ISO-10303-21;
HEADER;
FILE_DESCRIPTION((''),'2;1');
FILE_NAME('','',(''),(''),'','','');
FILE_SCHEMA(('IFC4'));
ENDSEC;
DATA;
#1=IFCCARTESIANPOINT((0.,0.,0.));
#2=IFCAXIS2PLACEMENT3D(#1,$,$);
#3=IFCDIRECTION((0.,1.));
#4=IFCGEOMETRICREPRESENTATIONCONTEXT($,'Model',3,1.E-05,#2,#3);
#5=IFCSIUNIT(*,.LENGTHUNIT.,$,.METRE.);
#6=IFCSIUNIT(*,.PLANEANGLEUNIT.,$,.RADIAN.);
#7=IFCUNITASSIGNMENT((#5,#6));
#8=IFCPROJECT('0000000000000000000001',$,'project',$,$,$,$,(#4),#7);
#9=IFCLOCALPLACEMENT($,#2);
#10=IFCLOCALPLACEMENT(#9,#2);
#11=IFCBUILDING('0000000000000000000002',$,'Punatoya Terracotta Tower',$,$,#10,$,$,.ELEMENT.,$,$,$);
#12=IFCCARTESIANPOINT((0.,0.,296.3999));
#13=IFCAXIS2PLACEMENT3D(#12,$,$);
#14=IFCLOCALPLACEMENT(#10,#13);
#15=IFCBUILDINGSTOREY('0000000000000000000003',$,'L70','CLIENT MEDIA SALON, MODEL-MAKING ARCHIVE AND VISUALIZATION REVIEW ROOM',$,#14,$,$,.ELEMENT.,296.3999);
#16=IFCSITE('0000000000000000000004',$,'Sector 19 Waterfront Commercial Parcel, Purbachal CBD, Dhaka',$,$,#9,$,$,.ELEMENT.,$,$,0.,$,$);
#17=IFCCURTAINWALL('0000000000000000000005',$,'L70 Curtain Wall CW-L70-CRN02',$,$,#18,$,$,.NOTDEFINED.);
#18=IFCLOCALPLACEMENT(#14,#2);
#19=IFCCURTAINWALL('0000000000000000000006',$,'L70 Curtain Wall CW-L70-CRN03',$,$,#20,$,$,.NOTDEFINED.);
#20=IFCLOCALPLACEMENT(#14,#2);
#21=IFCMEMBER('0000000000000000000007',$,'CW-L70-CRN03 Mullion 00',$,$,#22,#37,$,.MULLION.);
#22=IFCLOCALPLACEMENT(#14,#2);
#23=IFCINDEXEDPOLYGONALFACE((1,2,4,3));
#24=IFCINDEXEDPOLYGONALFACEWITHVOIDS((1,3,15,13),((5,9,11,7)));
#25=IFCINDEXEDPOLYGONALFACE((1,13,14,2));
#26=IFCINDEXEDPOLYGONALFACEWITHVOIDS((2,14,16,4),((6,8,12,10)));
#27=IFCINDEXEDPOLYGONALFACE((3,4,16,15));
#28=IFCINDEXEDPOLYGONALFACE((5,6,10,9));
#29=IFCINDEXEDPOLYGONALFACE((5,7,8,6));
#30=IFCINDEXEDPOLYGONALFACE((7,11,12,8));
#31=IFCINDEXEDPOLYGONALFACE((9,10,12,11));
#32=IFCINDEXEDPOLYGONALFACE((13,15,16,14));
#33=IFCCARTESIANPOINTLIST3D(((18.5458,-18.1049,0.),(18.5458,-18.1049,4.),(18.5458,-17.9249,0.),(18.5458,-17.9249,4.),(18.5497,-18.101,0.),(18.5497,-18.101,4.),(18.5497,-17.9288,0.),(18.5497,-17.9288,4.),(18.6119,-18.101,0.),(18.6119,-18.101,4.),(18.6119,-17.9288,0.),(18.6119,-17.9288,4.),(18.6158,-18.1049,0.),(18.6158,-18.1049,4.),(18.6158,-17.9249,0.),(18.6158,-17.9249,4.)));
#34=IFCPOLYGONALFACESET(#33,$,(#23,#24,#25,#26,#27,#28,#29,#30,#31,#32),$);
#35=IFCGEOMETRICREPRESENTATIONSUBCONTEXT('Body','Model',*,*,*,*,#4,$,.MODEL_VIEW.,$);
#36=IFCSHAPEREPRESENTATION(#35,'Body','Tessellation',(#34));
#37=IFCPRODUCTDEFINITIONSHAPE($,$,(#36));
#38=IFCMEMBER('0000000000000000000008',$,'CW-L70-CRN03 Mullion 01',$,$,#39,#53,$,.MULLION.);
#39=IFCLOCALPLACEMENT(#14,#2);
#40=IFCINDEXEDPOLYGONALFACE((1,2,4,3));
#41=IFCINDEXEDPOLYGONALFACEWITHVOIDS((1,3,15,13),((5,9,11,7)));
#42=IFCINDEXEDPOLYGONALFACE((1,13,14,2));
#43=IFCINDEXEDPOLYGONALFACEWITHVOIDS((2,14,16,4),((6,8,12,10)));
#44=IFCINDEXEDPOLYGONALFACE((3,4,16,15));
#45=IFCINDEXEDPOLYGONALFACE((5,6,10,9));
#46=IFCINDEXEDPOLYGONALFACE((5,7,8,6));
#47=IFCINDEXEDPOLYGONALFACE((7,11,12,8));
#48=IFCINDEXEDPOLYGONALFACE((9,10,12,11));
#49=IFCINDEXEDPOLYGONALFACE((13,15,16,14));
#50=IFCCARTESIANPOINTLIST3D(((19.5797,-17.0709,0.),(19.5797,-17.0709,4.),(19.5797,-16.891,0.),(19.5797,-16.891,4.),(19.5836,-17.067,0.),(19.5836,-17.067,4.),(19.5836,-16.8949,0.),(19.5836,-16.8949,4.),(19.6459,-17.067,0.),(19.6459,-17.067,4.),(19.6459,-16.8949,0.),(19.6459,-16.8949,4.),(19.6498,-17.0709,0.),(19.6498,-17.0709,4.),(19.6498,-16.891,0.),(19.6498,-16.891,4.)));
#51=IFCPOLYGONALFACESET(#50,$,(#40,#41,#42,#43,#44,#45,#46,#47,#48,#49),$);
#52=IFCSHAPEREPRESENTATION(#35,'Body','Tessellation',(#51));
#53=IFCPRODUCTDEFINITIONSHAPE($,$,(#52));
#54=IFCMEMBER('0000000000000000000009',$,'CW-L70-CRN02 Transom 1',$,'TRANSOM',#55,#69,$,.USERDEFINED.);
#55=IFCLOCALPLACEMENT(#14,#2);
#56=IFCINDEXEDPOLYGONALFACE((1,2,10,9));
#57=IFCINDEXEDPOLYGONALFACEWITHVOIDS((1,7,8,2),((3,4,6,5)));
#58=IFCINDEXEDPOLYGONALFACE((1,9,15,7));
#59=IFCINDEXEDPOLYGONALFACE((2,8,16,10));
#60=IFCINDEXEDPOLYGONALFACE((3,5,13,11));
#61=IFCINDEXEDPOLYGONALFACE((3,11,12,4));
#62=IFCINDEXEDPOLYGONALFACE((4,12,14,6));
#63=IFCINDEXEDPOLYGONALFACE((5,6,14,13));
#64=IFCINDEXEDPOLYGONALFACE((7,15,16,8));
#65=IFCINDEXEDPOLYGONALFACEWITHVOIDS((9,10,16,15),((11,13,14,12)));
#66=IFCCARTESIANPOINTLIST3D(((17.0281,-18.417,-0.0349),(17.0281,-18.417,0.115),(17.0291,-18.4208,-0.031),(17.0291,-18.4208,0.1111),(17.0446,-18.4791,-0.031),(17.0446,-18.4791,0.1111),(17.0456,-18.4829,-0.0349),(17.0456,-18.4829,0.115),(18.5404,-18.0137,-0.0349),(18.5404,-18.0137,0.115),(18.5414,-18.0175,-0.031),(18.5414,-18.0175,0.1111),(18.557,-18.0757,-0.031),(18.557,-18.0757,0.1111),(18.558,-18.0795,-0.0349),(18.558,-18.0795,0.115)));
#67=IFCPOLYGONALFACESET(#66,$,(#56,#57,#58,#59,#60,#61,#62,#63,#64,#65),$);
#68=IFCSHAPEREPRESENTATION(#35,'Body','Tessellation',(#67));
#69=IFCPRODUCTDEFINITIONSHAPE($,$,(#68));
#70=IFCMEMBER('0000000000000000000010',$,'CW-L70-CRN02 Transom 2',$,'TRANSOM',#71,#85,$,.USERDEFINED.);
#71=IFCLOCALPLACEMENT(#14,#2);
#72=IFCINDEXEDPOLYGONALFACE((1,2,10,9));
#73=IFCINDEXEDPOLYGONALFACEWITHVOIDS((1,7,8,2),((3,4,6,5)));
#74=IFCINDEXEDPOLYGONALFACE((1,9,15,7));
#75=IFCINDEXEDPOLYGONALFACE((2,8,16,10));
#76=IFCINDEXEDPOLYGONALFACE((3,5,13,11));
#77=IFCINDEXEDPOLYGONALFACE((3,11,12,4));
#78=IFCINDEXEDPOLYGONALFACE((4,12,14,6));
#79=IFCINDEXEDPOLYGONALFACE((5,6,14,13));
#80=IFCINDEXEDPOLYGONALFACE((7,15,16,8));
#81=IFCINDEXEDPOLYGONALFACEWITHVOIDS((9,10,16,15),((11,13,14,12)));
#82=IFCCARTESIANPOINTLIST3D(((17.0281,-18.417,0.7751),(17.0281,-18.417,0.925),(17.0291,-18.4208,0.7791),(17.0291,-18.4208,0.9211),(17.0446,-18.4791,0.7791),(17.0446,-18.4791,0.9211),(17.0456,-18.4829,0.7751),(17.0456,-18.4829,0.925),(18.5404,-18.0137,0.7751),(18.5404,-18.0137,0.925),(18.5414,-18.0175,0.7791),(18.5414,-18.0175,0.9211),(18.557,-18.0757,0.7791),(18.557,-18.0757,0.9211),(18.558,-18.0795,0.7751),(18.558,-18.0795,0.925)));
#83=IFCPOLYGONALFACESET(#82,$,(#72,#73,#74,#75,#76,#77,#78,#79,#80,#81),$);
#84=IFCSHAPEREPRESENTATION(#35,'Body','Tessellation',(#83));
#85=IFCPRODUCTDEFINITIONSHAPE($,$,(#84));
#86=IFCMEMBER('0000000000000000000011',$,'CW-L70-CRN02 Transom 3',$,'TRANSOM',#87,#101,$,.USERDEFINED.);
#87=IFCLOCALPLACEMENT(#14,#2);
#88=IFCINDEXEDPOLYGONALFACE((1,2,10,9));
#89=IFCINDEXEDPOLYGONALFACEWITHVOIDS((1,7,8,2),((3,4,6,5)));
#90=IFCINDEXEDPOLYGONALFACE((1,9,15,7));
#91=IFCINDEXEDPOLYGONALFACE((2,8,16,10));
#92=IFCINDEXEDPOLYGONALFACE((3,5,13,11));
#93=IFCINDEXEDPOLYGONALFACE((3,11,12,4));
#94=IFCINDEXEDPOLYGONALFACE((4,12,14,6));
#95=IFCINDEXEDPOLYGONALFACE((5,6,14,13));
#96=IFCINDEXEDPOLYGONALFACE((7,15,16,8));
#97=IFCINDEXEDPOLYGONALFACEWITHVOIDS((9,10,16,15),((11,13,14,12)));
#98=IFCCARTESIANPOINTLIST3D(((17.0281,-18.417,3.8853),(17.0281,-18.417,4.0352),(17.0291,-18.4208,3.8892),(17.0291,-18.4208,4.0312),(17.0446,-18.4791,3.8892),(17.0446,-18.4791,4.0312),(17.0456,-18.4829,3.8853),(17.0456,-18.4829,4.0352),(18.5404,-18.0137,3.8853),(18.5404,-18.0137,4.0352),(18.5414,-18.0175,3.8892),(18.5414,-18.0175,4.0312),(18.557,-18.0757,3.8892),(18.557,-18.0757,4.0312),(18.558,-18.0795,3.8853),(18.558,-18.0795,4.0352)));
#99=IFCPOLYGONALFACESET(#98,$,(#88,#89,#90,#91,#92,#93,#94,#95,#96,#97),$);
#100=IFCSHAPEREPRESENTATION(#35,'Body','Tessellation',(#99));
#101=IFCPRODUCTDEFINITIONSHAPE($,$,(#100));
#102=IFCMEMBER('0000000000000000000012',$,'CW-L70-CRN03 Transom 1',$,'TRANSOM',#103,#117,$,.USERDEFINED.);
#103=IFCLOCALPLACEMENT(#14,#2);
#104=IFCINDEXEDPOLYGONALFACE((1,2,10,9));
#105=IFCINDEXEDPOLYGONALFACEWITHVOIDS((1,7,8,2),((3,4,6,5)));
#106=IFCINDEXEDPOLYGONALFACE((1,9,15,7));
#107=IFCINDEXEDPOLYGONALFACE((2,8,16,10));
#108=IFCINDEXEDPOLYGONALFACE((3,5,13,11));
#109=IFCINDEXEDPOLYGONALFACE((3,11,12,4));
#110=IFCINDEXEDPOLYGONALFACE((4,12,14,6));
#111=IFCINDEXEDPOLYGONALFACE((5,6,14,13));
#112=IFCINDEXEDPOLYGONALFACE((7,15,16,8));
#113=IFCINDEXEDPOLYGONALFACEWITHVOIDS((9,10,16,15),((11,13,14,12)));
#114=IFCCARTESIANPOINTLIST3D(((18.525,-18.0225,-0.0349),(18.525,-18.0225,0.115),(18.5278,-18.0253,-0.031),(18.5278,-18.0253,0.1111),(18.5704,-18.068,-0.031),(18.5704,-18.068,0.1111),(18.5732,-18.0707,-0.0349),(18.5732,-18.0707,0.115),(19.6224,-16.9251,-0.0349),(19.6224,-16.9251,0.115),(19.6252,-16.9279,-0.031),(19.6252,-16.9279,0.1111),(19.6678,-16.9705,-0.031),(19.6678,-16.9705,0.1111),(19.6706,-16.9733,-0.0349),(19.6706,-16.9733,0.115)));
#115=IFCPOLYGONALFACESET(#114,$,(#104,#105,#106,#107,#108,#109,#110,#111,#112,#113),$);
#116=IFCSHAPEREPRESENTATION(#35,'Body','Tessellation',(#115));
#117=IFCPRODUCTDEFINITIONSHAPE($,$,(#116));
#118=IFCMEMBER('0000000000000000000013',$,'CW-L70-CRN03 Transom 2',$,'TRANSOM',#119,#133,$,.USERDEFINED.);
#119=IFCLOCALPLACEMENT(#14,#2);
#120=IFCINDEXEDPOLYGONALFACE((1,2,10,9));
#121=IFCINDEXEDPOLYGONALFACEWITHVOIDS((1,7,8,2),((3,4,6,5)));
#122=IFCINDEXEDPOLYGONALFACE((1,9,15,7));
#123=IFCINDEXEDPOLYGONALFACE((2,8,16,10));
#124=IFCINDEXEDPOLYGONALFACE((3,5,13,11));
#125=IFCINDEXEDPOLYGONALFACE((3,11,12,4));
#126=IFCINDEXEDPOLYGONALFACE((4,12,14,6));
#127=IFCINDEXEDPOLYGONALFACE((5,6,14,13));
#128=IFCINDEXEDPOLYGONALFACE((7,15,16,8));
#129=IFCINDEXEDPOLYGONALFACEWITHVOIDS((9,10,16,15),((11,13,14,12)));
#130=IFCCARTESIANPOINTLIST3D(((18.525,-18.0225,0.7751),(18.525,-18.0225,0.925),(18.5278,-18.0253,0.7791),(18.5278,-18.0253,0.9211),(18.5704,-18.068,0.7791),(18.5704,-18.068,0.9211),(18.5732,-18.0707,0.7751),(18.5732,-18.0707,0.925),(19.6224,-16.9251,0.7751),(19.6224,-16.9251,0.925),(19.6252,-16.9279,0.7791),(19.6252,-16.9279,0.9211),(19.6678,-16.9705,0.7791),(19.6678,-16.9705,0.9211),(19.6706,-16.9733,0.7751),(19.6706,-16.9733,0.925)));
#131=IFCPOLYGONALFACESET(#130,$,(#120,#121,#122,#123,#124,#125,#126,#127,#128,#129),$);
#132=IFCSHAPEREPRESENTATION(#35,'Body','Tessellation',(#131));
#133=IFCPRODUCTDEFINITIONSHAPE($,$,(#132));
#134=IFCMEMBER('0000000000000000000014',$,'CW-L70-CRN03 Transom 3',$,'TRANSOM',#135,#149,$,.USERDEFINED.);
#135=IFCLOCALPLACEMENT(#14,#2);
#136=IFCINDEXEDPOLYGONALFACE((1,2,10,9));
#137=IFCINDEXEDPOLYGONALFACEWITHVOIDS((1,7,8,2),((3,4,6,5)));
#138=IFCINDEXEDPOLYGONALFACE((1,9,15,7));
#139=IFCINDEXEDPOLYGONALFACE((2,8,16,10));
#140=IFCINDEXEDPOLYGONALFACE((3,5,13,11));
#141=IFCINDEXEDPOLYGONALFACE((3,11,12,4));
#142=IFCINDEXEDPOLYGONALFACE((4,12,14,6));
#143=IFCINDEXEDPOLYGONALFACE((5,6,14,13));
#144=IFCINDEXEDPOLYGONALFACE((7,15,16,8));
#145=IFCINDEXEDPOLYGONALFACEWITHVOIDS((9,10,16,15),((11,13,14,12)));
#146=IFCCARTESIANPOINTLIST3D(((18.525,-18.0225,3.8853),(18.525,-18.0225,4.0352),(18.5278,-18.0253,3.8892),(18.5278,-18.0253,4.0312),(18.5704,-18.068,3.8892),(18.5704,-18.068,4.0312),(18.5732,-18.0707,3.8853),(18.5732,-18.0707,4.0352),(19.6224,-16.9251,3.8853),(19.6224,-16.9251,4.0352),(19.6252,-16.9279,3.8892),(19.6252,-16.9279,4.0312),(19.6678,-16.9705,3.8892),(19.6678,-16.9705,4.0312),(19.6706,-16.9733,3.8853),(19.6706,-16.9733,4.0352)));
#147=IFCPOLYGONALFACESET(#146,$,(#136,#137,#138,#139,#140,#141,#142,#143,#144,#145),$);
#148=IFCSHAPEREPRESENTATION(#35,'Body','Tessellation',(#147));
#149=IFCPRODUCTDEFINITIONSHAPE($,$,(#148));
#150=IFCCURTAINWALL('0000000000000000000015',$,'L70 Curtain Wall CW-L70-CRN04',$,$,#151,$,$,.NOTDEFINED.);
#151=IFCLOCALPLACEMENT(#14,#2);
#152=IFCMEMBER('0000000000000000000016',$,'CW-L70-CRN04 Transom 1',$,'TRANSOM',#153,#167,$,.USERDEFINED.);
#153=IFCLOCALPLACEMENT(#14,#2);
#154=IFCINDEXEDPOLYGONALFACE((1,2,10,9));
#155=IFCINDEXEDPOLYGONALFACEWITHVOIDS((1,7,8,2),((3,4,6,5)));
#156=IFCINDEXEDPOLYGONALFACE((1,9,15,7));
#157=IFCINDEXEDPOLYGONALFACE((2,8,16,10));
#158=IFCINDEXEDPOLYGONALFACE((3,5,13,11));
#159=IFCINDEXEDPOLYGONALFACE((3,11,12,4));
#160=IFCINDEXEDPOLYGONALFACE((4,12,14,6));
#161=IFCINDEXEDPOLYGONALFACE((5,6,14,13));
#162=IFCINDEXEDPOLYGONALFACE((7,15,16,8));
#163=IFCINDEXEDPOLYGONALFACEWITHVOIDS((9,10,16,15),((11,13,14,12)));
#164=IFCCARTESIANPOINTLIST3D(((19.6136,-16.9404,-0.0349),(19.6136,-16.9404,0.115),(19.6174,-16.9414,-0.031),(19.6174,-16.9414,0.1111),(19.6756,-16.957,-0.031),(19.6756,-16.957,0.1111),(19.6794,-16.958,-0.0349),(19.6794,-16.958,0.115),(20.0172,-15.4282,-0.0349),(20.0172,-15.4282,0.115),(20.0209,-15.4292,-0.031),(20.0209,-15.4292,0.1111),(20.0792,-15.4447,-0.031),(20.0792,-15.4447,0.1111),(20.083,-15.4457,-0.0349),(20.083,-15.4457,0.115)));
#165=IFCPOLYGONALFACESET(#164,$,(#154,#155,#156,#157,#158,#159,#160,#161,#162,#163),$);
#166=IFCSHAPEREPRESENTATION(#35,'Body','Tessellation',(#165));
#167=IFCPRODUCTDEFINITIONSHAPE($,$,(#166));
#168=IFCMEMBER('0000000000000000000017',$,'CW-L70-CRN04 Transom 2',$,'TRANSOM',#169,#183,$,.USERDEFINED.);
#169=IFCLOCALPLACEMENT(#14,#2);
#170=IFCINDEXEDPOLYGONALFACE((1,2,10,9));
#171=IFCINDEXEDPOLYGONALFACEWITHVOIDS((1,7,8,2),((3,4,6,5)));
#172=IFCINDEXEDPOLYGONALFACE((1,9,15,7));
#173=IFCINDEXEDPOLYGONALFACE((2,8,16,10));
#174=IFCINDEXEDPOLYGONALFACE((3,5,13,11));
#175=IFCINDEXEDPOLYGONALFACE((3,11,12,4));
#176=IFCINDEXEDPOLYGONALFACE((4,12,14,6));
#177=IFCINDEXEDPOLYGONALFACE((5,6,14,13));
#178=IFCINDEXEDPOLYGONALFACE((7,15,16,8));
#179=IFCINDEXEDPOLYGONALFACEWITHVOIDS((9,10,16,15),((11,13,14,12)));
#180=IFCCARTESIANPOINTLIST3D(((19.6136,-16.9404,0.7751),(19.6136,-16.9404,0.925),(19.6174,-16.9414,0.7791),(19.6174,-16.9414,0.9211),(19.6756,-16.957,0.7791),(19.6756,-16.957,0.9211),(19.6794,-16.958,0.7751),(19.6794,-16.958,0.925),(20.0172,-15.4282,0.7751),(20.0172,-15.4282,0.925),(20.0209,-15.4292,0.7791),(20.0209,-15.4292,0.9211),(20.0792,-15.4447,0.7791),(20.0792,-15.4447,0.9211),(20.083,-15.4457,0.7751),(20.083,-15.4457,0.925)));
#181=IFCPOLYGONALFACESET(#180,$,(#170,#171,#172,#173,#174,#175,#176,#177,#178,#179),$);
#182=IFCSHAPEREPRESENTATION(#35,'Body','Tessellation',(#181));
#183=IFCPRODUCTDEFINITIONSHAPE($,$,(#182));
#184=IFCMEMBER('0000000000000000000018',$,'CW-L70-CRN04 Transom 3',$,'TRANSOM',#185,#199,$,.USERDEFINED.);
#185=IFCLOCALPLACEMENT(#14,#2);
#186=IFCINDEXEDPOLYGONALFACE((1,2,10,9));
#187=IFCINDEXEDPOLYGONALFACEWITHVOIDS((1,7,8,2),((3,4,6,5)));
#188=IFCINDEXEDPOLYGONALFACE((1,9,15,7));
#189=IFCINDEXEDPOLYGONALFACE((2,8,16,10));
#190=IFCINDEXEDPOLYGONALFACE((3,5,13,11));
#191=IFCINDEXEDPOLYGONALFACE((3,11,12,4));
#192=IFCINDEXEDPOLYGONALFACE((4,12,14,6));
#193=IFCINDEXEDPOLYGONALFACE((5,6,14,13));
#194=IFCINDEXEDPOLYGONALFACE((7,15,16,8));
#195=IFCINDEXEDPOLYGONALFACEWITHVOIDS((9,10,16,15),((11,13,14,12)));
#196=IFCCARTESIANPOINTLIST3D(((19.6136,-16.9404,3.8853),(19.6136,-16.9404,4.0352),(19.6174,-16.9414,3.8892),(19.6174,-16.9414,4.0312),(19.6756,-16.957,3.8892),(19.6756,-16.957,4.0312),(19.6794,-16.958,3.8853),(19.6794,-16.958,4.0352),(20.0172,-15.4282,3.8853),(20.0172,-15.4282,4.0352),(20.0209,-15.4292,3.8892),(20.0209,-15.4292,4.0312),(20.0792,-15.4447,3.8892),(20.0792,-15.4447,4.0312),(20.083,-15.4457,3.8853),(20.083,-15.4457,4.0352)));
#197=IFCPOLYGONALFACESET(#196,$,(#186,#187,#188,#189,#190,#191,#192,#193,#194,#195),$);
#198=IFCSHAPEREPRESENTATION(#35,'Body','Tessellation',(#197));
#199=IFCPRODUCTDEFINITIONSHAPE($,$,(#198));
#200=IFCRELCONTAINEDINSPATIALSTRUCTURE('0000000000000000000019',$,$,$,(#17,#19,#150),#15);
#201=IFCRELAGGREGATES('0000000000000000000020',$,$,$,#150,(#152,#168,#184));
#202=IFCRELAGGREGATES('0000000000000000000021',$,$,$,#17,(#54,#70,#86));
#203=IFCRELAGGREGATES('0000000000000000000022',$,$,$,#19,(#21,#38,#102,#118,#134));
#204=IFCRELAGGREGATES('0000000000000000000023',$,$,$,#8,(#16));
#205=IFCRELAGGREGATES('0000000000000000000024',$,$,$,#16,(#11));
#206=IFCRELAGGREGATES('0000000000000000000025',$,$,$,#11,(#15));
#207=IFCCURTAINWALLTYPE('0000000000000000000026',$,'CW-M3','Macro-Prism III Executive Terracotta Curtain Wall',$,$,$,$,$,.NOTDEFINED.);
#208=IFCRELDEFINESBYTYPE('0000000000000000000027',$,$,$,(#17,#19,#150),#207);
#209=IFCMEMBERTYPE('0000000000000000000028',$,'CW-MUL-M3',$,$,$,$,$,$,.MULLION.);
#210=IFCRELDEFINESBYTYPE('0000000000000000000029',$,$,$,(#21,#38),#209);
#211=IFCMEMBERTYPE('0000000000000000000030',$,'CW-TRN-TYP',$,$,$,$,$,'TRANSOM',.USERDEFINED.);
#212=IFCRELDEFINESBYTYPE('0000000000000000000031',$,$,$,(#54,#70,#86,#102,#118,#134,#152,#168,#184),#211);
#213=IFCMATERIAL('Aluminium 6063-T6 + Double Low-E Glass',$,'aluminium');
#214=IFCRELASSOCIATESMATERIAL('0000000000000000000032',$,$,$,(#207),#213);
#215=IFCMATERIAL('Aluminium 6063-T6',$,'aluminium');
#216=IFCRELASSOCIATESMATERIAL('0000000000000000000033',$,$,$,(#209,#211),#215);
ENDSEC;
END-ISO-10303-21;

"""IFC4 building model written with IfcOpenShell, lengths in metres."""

from ifc_helpers import new_model, si_unit, direction, frame, origin, origin_2d, place, context, subcontext, project, spatial, hollow_rectangle, extrude, material, material_profile, profile_set, type_object, element, aggregate, save


model = new_model("IFC4")

# Units and contexts
model_context = context("Model", 3, precision=1e-05, world=origin(), true_north=direction((0.0, 1.0)))
body_context = subcontext(model_context, "Body", "Model", "MODEL_VIEW")
ifc_project = project(units=[si_unit("LENGTHUNIT", "METRE"), si_unit("PLANEANGLEUNIT", "RADIAN")], contexts=[model_context])

# Site, building, storey
site_placement = place(None, origin())
site = spatial("IfcSite", under=ifc_project, at=site_placement, Name="Sector 19 Waterfront Commercial Parcel, Purbachal CBD, Dhaka", CompositionType="ELEMENT", RefElevation=0.0)
building_placement = place(site_placement, origin())
building = spatial("IfcBuilding", under=site, at=building_placement, Name="Punatoya Terracotta Tower", CompositionType="ELEMENT")
storey_placement = place(building_placement, frame((0.0, 0.0, 296.3999)))
storey = spatial("IfcBuildingStorey", under=building, at=storey_placement, Name="L70", Description="CLIENT MEDIA SALON, MODEL-MAKING ARCHIVE AND VISUALIZATION REVIEW ROOM", CompositionType="ELEMENT", Elevation=296.3999)

# Curtain walls, members
ifc_material_1 = material(Name="Aluminium 6063-T6 + Double Low-E Glass", Category="aluminium")
curtain_wall_type = type_object("IfcCurtainWallType", Name="CW-M3", Description="Macro-Prism III Executive Terracotta Curtain Wall", PredefinedType="NOTDEFINED", material=ifc_material_1)
ifc_material_2 = material(Name="Aluminium 6063-T6", Category="aluminium")
ifc_material_profile_1 = material_profile(ifc_material_2, hollow_rectangle(XDim=0.0701, YDim=0.1799, WallThickness=0.0039, at=origin_2d()))
ifc_profile_set_1 = profile_set([ifc_material_profile_1], Name="Aluminium 6063-T6")
member_type_1 = type_object("IfcMemberType", Name="CW-MUL-M3", PredefinedType="MULLION", material=ifc_profile_set_1)
curtain_wall_1_placement = place(storey_placement, origin())
curtain_wall_1 = element("IfcCurtainWall", 1, at=curtain_wall_1_placement, inside=storey, type_object=curtain_wall_type, Name="L70 Curtain Wall CW-L70-CRN02", PredefinedType="NOTDEFINED")
curtain_wall_2_placement = place(storey_placement, origin())
curtain_wall_2 = element("IfcCurtainWall", 2, at=curtain_wall_2_placement, inside=storey, type_object=curtain_wall_type, Name="L70 Curtain Wall CW-L70-CRN03", PredefinedType="NOTDEFINED")
member_1_placement = place(storey_placement, frame((18.5808, -18.0149, 0.0), z_axis=(0.0, 0.0, 1.0), x_axis=(1.0, 0.0, 0.0)))
member_1 = element("IfcMember", 3, at=member_1_placement, type_object=member_type_1, Name="CW-L70-CRN03 Mullion 00", PredefinedType="MULLION", context=body_context, shape_type="SweptSolid", body=[
    extrude(hollow_rectangle(XDim=0.0701, YDim=0.1799, WallThickness=0.0039, at=origin_2d()), origin(), (0.0, 0.0, 1.0), 4.0),
])
member_2_placement = place(storey_placement, frame((19.6147, -16.981, 0.0), z_axis=(0.0, 0.0, 1.0), x_axis=(1.0, 0.0, 0.0)))
member_2 = element("IfcMember", 4, at=member_2_placement, type_object=member_type_1, Name="CW-L70-CRN03 Mullion 01", PredefinedType="MULLION", context=body_context, shape_type="SweptSolid", body=[
    extrude(hollow_rectangle(XDim=0.0701, YDim=0.1799, WallThickness=0.0039, at=origin_2d()), origin(), (0.0, 0.0, 1.0), 4.0),
])

# Members
ifc_material_profile_2 = material_profile(ifc_material_2, hollow_rectangle(XDim=0.0681, YDim=0.1499, WallThickness=0.0039, at=origin_2d()))
ifc_profile_set_2 = profile_set([ifc_material_profile_2], Name="Aluminium 6063-T6")
member_type_2 = type_object("IfcMemberType", Name="CW-TRN-TYP", ElementType="TRANSOM", PredefinedType="USERDEFINED", material=ifc_profile_set_2)
member_3_placement = place(storey_placement, frame((17.0369, -18.45, 0.04), z_axis=(0.966225, 0.257701, 0.0), x_axis=(-0.257701, 0.966225, 0.0)))
member_3 = element("IfcMember", 5, at=member_3_placement, type_object=member_type_2, Name="CW-L70-CRN02 Transom 1", ObjectType="TRANSOM", PredefinedType="USERDEFINED", context=body_context, shape_type="SweptSolid", body=[
    extrude(hollow_rectangle(XDim=0.0681, YDim=0.1499, WallThickness=0.0039, at=origin_2d()), origin(), (0.0, 0.0, 1.0), 1.5652),
])
member_4_placement = place(storey_placement, frame((17.0369, -18.45, 0.8501), z_axis=(0.966225, 0.257701, 0.0), x_axis=(-0.257701, 0.966225, 0.0)))
member_4 = element("IfcMember", 6, at=member_4_placement, type_object=member_type_2, Name="CW-L70-CRN02 Transom 2", ObjectType="TRANSOM", PredefinedType="USERDEFINED", context=body_context, shape_type="SweptSolid", body=[
    extrude(hollow_rectangle(XDim=0.0681, YDim=0.1499, WallThickness=0.0039, at=origin_2d()), origin(), (0.0, 0.0, 1.0), 1.5652),
])
member_5_placement = place(storey_placement, frame((17.0369, -18.45, 3.9602), z_axis=(0.966225, 0.257701, 0.0), x_axis=(-0.257701, 0.966225, 0.0)))
member_5 = element("IfcMember", 7, at=member_5_placement, type_object=member_type_2, Name="CW-L70-CRN02 Transom 3", ObjectType="TRANSOM", PredefinedType="USERDEFINED", context=body_context, shape_type="SweptSolid", body=[
    extrude(hollow_rectangle(XDim=0.0681, YDim=0.1499, WallThickness=0.0039, at=origin_2d()), origin(), (0.0, 0.0, 1.0), 1.5652),
])
member_6_placement = place(storey_placement, frame((18.5491, -18.0466, 0.04), z_axis=(0.707107, 0.707107, 0.0), x_axis=(-0.707107, 0.707107, 0.0)))
member_6 = element("IfcMember", 8, at=member_6_placement, type_object=member_type_2, Name="CW-L70-CRN03 Transom 1", ObjectType="TRANSOM", PredefinedType="USERDEFINED", context=body_context, shape_type="SweptSolid", body=[
    extrude(hollow_rectangle(XDim=0.0681, YDim=0.1499, WallThickness=0.0039, at=origin_2d()), origin(), (0.0, 0.0, 1.0), 1.552),
])
member_7_placement = place(storey_placement, frame((18.5491, -18.0466, 0.8501), z_axis=(0.707107, 0.707107, 0.0), x_axis=(-0.707107, 0.707107, 0.0)))
member_7 = element("IfcMember", 9, at=member_7_placement, type_object=member_type_2, Name="CW-L70-CRN03 Transom 2", ObjectType="TRANSOM", PredefinedType="USERDEFINED", context=body_context, shape_type="SweptSolid", body=[
    extrude(hollow_rectangle(XDim=0.0681, YDim=0.1499, WallThickness=0.0039, at=origin_2d()), origin(), (0.0, 0.0, 1.0), 1.552),
])
member_8_placement = place(storey_placement, frame((18.5491, -18.0466, 3.9602), z_axis=(0.707107, 0.707107, 0.0), x_axis=(-0.707107, 0.707107, 0.0)))
member_8 = element("IfcMember", 10, at=member_8_placement, type_object=member_type_2, Name="CW-L70-CRN03 Transom 3", ObjectType="TRANSOM", PredefinedType="USERDEFINED", context=body_context, shape_type="SweptSolid", body=[
    extrude(hollow_rectangle(XDim=0.0681, YDim=0.1499, WallThickness=0.0039, at=origin_2d()), origin(), (0.0, 0.0, 1.0), 1.552),
])

# Curtain wall, members
curtain_wall_3_placement = place(storey_placement, origin())
curtain_wall_3 = element("IfcCurtainWall", 11, at=curtain_wall_3_placement, inside=storey, type_object=curtain_wall_type, Name="L70 Curtain Wall CW-L70-CRN04", PredefinedType="NOTDEFINED")
member_9_placement = place(storey_placement, frame((19.6465, -16.9492, 0.04), z_axis=(0.257847, 0.966186, 0.0), x_axis=(-0.966186, 0.257847, 0.0)))
member_9 = element("IfcMember", 12, at=member_9_placement, type_object=member_type_2, Name="CW-L70-CRN04 Transom 1", ObjectType="TRANSOM", PredefinedType="USERDEFINED", context=body_context, shape_type="SweptSolid", body=[
    extrude(hollow_rectangle(XDim=0.0681, YDim=0.1499, WallThickness=0.0039, at=origin_2d()), origin(), (0.0, 0.0, 1.0), 1.5652),
])
member_10_placement = place(storey_placement, frame((19.6465, -16.9492, 0.8501), z_axis=(0.257847, 0.966186, 0.0), x_axis=(-0.966186, 0.257847, 0.0)))
member_10 = element("IfcMember", 13, at=member_10_placement, type_object=member_type_2, Name="CW-L70-CRN04 Transom 2", ObjectType="TRANSOM", PredefinedType="USERDEFINED", context=body_context, shape_type="SweptSolid", body=[
    extrude(hollow_rectangle(XDim=0.0681, YDim=0.1499, WallThickness=0.0039, at=origin_2d()), origin(), (0.0, 0.0, 1.0), 1.5652),
])
member_11_placement = place(storey_placement, frame((19.6465, -16.9492, 3.9602), z_axis=(0.257847, 0.966186, 0.0), x_axis=(-0.966186, 0.257847, 0.0)))
member_11 = element("IfcMember", 14, at=member_11_placement, type_object=member_type_2, Name="CW-L70-CRN04 Transom 3", ObjectType="TRANSOM", PredefinedType="USERDEFINED", context=body_context, shape_type="SweptSolid", body=[
    extrude(hollow_rectangle(XDim=0.0681, YDim=0.1499, WallThickness=0.0039, at=origin_2d()), origin(), (0.0, 0.0, 1.0), 1.5652),
])
aggregate(curtain_wall_3, [member_9, member_10, member_11])

aggregate(curtain_wall_1, [member_3, member_4, member_5])
aggregate(curtain_wall_2, [member_1, member_2, member_6, member_7, member_8])

save(model, "model.ifc")
